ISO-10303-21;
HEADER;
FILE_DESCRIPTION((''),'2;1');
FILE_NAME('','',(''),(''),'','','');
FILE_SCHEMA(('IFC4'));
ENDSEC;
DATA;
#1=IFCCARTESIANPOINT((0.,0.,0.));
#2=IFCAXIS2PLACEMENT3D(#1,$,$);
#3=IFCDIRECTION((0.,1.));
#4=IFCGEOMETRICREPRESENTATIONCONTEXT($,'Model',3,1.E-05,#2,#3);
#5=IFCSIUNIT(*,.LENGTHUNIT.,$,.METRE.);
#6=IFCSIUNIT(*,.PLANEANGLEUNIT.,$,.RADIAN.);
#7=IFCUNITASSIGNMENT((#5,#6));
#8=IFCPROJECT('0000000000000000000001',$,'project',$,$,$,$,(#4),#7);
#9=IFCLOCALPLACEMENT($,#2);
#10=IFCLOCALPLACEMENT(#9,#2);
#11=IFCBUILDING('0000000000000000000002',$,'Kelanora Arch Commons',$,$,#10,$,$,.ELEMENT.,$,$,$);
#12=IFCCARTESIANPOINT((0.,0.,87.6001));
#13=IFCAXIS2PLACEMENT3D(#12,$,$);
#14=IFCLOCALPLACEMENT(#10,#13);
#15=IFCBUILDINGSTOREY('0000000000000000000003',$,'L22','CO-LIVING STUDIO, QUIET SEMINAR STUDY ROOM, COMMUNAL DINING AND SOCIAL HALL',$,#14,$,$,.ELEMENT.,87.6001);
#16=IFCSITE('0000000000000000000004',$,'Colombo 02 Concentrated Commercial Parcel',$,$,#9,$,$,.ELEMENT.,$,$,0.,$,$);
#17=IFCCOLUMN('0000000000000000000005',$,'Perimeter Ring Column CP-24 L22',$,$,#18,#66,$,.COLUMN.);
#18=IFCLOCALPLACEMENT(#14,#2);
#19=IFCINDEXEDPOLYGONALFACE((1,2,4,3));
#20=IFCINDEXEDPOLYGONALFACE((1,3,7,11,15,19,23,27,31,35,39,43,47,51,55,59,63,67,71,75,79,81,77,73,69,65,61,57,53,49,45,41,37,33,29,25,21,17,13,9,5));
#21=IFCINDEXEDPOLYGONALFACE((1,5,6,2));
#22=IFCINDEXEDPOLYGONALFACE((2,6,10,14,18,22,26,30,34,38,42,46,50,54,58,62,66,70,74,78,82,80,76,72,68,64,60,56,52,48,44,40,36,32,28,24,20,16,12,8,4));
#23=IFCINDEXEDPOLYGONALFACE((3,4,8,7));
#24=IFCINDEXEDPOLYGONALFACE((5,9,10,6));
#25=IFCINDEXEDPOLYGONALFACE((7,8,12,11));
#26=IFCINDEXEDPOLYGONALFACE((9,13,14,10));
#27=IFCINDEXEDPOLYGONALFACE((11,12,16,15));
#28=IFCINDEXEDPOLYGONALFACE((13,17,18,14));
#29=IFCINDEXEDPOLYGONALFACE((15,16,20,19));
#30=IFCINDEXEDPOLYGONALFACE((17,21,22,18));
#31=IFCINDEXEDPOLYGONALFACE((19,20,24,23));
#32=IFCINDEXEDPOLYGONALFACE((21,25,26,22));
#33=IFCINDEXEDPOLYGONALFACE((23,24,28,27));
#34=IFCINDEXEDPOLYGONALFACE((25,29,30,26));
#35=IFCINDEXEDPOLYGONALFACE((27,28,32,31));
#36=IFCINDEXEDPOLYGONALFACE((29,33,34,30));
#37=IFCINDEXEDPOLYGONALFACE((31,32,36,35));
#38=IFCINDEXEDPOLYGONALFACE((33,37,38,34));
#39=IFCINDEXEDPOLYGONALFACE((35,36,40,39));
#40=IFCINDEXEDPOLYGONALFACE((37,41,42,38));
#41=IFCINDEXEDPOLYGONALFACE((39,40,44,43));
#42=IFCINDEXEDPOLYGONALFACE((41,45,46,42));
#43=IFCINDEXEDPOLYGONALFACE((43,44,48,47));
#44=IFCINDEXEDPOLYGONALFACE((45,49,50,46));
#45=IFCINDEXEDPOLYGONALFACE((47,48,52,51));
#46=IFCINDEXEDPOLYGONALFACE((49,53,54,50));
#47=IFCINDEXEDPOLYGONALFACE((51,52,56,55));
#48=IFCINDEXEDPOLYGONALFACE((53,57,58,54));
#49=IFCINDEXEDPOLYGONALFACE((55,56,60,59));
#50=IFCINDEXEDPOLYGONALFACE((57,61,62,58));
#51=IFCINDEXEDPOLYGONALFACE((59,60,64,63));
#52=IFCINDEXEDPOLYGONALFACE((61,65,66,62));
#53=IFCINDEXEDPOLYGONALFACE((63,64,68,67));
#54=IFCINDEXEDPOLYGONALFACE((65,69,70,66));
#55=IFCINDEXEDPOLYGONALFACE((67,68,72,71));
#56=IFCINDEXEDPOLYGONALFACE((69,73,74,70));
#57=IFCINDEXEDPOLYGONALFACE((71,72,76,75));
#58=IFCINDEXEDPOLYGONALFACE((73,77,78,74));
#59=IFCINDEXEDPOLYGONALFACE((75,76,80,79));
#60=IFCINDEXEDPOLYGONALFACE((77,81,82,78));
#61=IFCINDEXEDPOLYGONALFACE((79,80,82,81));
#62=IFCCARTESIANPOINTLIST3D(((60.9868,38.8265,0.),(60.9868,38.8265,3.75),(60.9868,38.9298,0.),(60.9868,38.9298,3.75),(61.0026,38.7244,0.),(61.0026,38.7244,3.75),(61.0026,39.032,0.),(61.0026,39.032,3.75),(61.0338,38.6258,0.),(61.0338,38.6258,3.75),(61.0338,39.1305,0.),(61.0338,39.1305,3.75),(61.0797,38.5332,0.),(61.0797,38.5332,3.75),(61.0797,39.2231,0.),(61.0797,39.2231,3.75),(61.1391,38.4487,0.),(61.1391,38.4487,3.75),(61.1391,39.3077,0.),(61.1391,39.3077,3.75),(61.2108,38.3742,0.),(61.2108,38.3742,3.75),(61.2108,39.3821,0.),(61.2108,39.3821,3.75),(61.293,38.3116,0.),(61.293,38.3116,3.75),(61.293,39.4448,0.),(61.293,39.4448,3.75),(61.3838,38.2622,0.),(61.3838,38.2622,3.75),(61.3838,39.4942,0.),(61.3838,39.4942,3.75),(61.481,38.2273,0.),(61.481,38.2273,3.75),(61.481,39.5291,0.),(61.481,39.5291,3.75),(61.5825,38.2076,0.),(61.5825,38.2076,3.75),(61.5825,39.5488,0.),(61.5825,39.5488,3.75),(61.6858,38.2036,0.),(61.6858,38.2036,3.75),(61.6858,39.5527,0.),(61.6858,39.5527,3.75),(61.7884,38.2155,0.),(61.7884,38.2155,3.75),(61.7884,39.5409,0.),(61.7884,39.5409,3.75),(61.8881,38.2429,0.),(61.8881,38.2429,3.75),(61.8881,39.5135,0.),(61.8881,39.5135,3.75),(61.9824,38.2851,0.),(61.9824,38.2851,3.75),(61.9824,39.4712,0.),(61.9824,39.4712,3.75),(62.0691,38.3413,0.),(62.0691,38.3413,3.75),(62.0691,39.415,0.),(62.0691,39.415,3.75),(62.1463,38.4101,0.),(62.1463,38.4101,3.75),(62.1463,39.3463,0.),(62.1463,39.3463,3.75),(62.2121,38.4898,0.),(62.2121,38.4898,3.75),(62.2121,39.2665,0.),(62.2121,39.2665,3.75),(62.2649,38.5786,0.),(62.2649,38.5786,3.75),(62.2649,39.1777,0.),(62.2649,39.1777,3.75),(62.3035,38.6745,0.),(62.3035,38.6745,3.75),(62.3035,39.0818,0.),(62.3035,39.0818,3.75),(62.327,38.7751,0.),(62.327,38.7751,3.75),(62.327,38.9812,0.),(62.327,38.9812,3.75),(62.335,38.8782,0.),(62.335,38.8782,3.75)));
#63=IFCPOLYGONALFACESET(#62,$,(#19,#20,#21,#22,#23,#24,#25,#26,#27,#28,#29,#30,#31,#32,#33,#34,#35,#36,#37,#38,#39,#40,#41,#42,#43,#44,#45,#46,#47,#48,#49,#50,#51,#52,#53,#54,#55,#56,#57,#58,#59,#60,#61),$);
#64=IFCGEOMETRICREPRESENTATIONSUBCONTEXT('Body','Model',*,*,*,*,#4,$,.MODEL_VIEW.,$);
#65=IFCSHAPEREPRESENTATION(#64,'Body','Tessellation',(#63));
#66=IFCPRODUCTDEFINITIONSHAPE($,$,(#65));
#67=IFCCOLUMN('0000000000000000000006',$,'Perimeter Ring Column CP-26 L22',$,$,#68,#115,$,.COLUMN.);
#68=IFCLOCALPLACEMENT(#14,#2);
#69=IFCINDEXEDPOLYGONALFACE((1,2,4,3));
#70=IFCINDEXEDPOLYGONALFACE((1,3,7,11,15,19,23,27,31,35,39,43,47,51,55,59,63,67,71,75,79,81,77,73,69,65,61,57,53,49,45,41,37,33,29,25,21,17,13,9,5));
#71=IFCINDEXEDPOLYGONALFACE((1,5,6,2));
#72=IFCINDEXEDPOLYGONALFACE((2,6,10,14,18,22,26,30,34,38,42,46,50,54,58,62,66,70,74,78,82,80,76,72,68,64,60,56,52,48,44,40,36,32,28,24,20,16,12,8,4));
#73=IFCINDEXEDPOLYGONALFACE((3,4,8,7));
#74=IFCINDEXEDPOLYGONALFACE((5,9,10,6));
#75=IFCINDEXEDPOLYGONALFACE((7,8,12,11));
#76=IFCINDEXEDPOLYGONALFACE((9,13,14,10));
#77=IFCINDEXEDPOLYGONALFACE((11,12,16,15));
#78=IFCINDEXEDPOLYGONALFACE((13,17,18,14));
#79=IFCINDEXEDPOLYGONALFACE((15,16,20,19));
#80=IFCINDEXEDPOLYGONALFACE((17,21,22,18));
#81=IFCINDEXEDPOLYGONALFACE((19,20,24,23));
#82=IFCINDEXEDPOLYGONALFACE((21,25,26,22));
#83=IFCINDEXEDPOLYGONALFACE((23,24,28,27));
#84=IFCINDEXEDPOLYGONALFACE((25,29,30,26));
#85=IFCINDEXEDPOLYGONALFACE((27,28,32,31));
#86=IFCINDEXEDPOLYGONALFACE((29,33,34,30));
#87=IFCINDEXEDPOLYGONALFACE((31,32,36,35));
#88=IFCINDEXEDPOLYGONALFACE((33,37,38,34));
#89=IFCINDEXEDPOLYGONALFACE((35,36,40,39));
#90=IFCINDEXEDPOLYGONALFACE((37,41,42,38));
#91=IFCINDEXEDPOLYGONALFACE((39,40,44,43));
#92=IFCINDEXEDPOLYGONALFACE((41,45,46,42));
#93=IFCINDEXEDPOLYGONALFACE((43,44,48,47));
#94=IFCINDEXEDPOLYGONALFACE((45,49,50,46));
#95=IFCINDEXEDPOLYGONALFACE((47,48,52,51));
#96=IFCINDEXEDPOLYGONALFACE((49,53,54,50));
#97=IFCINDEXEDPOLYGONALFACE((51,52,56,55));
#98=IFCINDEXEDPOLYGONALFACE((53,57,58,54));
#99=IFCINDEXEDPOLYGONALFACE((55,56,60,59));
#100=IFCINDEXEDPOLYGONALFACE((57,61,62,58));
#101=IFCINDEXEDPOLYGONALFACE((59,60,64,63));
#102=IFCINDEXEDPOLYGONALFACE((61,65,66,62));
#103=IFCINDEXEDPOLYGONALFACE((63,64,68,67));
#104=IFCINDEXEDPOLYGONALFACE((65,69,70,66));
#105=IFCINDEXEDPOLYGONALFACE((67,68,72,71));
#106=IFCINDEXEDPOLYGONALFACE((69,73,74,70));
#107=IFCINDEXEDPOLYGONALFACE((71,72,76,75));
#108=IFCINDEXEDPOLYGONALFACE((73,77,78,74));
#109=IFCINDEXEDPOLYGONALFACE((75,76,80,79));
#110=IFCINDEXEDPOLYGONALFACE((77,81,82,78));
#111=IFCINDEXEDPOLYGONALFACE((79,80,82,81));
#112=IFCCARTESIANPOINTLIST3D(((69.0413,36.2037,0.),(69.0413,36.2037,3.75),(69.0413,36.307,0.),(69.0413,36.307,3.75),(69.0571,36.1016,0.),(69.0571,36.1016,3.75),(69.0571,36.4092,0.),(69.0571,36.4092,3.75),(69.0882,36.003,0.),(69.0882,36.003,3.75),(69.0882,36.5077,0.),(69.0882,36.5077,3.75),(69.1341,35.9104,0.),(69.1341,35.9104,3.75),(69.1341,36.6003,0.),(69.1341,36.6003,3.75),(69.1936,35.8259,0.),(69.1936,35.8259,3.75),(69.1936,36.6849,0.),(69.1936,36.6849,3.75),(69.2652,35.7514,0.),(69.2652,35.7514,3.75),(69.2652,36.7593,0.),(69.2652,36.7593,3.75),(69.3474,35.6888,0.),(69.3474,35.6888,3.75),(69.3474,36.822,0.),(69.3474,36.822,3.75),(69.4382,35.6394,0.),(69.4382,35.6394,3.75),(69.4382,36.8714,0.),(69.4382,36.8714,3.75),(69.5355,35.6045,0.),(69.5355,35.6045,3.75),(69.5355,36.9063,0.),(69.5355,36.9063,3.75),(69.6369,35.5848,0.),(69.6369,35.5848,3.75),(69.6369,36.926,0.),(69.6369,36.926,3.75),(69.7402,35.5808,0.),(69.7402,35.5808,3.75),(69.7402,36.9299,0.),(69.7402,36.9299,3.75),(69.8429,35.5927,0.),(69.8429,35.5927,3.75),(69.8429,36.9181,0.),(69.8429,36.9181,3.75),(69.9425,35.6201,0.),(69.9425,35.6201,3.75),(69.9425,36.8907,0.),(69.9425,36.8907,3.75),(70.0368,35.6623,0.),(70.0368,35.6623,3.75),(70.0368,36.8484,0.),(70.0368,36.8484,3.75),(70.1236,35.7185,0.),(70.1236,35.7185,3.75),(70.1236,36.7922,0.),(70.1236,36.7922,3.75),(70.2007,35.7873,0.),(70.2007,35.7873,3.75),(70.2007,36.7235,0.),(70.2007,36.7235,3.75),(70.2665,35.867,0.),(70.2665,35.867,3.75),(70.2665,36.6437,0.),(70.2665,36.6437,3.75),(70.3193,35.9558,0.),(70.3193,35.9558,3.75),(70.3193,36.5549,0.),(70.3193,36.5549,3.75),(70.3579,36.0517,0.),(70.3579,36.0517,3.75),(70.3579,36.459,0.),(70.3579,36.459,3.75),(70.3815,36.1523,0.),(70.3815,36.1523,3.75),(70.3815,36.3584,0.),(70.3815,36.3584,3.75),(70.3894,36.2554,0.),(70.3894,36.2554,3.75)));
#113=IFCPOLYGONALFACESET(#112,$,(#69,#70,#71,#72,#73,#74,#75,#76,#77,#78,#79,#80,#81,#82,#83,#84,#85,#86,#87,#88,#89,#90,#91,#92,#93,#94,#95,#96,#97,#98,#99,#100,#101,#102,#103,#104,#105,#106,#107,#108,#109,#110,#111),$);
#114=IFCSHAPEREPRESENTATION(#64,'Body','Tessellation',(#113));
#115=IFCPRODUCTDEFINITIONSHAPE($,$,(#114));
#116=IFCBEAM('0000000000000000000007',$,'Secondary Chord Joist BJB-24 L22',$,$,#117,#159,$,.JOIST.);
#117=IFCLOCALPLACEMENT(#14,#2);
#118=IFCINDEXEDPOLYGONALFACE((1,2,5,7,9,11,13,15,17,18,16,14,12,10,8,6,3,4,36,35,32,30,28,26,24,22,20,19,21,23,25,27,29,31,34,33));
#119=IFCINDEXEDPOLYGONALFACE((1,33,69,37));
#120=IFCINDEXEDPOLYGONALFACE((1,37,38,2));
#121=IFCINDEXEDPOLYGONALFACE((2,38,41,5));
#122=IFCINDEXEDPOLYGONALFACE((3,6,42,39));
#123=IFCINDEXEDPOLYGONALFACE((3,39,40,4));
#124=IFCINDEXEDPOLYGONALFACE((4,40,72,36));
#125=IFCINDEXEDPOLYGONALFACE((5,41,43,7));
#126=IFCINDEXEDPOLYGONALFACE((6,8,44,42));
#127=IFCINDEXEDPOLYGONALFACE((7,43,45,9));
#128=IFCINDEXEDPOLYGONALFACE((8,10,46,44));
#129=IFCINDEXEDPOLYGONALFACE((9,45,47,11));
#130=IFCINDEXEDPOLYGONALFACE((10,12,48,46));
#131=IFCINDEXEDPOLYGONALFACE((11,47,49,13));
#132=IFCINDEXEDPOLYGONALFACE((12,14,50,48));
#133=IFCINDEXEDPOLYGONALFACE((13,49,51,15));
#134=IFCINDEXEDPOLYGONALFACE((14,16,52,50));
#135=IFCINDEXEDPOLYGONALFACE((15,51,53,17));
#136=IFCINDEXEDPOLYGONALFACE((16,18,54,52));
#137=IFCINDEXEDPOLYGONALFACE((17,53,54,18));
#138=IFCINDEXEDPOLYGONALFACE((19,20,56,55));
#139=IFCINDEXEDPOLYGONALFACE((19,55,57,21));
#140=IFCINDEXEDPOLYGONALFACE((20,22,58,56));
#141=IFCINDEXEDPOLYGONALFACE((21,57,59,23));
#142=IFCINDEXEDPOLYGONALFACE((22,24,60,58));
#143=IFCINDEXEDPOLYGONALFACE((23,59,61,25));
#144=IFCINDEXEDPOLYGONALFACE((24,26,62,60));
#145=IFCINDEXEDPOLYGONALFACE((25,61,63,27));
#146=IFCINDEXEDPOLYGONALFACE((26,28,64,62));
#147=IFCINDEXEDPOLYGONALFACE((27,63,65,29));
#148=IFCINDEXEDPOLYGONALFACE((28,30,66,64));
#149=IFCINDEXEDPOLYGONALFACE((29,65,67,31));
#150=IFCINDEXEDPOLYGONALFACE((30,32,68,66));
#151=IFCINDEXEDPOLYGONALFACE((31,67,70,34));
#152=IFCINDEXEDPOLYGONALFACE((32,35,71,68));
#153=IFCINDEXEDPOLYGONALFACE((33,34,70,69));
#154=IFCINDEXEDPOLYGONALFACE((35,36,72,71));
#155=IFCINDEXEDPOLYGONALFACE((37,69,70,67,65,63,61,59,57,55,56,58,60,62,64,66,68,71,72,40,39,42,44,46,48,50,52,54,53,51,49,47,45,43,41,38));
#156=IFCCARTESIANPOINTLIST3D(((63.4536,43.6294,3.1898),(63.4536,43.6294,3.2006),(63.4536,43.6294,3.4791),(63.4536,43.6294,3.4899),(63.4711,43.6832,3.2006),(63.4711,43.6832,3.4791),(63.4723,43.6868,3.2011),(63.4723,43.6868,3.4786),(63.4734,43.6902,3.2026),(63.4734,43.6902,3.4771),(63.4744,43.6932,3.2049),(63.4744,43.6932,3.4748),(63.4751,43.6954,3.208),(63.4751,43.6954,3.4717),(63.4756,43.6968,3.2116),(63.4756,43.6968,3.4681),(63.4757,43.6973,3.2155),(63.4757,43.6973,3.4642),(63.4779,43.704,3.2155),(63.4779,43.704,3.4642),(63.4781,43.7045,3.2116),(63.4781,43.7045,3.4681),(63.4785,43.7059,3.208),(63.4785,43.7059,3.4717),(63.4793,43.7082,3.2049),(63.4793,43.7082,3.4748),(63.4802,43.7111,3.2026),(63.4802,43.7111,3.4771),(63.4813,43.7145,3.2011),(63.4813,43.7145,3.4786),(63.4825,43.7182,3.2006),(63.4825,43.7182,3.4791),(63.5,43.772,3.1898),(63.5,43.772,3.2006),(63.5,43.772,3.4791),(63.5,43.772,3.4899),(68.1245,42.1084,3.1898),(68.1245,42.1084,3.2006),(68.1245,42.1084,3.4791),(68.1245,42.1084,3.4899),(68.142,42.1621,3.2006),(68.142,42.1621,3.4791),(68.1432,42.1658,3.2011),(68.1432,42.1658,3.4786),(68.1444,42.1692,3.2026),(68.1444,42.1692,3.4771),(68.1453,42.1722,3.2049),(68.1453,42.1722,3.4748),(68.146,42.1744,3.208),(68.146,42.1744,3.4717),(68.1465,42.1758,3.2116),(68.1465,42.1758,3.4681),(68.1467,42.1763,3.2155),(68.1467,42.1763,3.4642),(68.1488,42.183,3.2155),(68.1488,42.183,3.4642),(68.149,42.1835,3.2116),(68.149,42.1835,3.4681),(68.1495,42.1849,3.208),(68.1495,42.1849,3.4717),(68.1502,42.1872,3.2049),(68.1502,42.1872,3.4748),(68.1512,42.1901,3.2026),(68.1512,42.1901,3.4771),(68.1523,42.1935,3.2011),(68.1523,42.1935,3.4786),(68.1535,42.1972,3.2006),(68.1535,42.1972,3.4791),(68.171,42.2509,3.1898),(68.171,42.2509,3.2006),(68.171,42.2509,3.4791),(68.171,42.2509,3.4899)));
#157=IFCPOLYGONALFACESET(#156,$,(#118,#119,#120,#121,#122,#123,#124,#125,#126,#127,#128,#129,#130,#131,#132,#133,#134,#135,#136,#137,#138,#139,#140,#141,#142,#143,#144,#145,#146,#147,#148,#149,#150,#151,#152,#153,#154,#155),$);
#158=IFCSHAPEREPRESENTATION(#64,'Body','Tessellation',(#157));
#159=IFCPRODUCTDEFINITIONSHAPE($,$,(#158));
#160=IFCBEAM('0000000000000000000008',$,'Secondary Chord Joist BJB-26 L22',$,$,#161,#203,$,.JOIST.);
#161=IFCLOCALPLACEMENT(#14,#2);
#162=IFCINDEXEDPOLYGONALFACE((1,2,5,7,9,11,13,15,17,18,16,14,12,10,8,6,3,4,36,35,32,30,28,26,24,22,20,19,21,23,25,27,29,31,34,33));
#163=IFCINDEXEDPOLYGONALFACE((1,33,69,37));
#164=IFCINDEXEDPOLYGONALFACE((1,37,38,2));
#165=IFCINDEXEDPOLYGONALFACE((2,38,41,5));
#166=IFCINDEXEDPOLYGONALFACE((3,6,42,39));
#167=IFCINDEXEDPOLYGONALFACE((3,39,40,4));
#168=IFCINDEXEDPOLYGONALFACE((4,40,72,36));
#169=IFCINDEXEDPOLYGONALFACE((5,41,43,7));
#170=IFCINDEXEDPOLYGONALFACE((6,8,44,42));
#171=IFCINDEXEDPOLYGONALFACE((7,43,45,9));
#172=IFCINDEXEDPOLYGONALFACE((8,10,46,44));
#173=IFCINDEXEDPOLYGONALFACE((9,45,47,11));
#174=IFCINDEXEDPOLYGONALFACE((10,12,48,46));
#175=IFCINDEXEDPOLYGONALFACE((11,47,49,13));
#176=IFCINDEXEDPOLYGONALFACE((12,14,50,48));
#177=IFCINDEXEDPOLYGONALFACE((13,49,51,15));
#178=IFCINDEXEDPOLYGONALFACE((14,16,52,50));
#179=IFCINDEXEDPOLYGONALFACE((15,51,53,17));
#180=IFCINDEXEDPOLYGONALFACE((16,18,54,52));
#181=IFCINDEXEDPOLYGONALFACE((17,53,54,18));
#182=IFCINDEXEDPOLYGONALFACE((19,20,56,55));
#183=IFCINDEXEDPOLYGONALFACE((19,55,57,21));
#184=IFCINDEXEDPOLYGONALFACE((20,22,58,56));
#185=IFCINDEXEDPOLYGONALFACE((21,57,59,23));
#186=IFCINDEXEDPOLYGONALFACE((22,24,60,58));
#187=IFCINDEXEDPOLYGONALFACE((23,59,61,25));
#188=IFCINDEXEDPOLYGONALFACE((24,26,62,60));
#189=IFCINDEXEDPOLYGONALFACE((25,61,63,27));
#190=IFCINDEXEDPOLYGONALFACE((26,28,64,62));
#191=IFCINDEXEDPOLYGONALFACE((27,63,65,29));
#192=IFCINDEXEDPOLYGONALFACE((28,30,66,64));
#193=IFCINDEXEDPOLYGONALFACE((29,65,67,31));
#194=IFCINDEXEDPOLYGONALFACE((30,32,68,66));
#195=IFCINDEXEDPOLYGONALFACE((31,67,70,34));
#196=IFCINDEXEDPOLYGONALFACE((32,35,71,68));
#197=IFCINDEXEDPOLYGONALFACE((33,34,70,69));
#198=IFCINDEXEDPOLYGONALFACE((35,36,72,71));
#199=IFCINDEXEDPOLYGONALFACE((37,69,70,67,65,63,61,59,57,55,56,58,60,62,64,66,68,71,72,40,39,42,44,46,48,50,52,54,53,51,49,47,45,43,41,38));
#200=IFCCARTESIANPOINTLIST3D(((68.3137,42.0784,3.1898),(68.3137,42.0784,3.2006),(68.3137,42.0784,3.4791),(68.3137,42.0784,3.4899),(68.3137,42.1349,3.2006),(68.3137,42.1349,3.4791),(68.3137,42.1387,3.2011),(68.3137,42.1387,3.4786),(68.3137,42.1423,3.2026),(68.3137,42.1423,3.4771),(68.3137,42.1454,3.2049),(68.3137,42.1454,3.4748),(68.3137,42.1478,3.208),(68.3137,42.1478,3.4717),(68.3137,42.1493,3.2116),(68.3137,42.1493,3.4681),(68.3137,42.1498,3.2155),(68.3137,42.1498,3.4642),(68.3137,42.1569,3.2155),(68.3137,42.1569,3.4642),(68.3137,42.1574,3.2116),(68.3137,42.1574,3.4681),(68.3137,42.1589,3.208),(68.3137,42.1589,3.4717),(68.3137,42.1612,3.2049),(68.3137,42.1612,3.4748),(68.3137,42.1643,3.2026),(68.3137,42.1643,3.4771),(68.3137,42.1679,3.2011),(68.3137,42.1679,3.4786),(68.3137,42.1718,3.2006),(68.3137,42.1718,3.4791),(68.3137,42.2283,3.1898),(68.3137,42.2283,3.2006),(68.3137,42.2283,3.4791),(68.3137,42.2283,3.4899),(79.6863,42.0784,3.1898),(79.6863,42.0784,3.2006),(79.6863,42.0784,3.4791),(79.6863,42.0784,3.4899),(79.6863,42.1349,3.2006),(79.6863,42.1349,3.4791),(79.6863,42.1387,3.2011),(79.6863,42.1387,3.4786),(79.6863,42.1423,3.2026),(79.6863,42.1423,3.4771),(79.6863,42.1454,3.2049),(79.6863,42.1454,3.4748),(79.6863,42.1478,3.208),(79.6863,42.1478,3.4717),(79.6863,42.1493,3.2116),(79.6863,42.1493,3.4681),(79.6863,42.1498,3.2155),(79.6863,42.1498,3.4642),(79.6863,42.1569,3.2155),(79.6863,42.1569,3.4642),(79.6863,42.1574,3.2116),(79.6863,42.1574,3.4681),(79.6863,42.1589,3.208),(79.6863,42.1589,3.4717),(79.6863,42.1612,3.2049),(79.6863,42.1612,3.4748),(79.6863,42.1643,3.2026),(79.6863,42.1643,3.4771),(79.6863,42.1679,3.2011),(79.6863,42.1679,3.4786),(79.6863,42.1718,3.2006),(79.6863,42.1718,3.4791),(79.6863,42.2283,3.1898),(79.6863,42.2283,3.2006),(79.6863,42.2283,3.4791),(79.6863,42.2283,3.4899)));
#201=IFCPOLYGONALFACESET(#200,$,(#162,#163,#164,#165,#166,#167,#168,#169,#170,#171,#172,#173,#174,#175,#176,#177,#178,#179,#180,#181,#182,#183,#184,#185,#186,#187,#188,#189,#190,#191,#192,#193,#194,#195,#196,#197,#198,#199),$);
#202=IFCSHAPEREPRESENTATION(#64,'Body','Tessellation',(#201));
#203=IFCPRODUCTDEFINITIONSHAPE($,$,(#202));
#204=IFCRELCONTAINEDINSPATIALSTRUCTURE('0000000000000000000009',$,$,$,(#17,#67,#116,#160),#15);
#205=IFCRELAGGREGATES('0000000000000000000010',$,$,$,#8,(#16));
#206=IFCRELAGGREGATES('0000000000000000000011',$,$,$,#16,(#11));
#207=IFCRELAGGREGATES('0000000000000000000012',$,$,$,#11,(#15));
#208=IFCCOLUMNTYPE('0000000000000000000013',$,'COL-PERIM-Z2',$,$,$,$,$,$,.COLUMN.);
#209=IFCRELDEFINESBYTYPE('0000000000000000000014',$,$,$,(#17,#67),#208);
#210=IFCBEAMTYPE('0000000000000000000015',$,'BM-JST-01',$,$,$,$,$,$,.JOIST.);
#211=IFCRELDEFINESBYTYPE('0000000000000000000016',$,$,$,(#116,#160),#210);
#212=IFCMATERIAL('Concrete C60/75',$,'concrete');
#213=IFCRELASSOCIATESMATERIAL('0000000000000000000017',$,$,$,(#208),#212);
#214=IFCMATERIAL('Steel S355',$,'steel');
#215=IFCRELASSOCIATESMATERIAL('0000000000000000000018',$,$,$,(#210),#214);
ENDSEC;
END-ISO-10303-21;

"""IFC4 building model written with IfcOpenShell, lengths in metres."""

from ifc_helpers import new_model, si_unit, direction, frame, origin, origin_2d, place, context, subcontext, project, spatial, circle, i_section, extrude, material, material_profile, profile_set, type_object, element, save


model = new_model("IFC4")

# Units and contexts
model_context = context("Model", 3, precision=1e-05, world=origin(), true_north=direction((0.0, 1.0)))
body_context = subcontext(model_context, "Body", "Model", "MODEL_VIEW")
ifc_project = project(units=[si_unit("LENGTHUNIT", "METRE"), si_unit("PLANEANGLEUNIT", "RADIAN")], contexts=[model_context])

# Site, building, storey
site_placement = place(None, origin())
site = spatial("IfcSite", under=ifc_project, at=site_placement, Name="Colombo 02 Concentrated Commercial Parcel", CompositionType="ELEMENT", RefElevation=0.0)
building_placement = place(site_placement, origin())
building = spatial("IfcBuilding", under=site, at=building_placement, Name="Kelanora Arch Commons", CompositionType="ELEMENT")
storey_placement = place(building_placement, frame((0.0, 0.0, 87.6001)))
storey = spatial("IfcBuildingStorey", under=building, at=storey_placement, Name="L22", Description="CO-LIVING STUDIO, QUIET SEMINAR STUDY ROOM, COMMUNAL DINING AND SOCIAL HALL", CompositionType="ELEMENT", Elevation=87.6001)

# Columns
ifc_material_1 = material(Name="Concrete C60/75", Category="concrete")
ifc_material_profile_1 = material_profile(ifc_material_1, circle(Radius=0.675, at=origin_2d()), Name="RCC1350")
ifc_profile_set_1 = profile_set([ifc_material_profile_1], Name="Concrete C60/75")
column_type = type_object("IfcColumnType", Name="COL-PERIM-Z2", PredefinedType="COLUMN", material=ifc_profile_set_1)
for number, where, z_axis, x_axis, name in (
    (1, (61.6599, 38.8782, 0.0), (0.0, 0.0, 1.0), (1.0, 0.0, 0.0), "Perimeter Ring Column CP-24 L22"),
    (2, (69.7144, 36.2554, 0.0), (0.0, 0.0, 1.0), (1.0, 0.0, 0.0), "Perimeter Ring Column CP-26 L22"),
):
    element("IfcColumn", number, at=place(storey_placement, frame(where, z_axis=z_axis, x_axis=x_axis)), inside=storey, type_object=column_type, Name=name, PredefinedType="COLUMN", context=body_context, shape_type="SweptSolid", body=[
        extrude(circle(Radius=0.675, at=origin_2d()), origin(), (0.0, 0.0, 1.0), 3.75),
    ])

# Beams
ifc_material_2 = material(Name="Steel S355", Category="steel")
ifc_material_profile_2 = material_profile(ifc_material_2, i_section(OverallWidth=0.1499, OverallDepth=0.3, WebThickness=0.0071, FlangeThickness=0.0107, FilletRadius=0.0149, at=origin_2d()), Name="IPE300")
ifc_profile_set_2 = profile_set([ifc_material_profile_2], Name="Steel S355")
beam_type_1 = type_object("IfcBeamType", Name="BM-JST-01", PredefinedType="JOIST", material=ifc_profile_set_2)
beam_1_placement = place(storey_placement, frame((63.4768, 43.7007, 3.3398), z_axis=(0.950857, -0.30963, 0.0), x_axis=(0.30963, 0.950857, 0.0)))
element("IfcBeam", 3, at=beam_1_placement, inside=storey, type_object=beam_type_1, Name="Secondary Chord Joist BJB-24 L22", PredefinedType="JOIST", context=body_context, shape_type="SweptSolid", body=[
    extrude(i_section(OverallWidth=0.1499, OverallDepth=0.3, WebThickness=0.0071, FlangeThickness=0.0107, FilletRadius=0.0149, at=origin_2d()), origin(), (0.0, 0.0, 1.0), 4.9124),
])
beam_2_placement = place(storey_placement, frame((68.3137, 42.1533, 3.3398), z_axis=(1.0, 0.0, 0.0), x_axis=(0.0, 1.0, 0.0)))
element("IfcBeam", 4, at=beam_2_placement, inside=storey, type_object=beam_type_1, Name="Secondary Chord Joist BJB-26 L22", PredefinedType="JOIST", context=body_context, shape_type="SweptSolid", body=[
    extrude(i_section(OverallWidth=0.1499, OverallDepth=0.3, WebThickness=0.0071, FlangeThickness=0.0107, FilletRadius=0.0149, at=origin_2d()), origin(), (0.0, 0.0, 1.0), 11.3726),
])

save(model, "model.ifc")
